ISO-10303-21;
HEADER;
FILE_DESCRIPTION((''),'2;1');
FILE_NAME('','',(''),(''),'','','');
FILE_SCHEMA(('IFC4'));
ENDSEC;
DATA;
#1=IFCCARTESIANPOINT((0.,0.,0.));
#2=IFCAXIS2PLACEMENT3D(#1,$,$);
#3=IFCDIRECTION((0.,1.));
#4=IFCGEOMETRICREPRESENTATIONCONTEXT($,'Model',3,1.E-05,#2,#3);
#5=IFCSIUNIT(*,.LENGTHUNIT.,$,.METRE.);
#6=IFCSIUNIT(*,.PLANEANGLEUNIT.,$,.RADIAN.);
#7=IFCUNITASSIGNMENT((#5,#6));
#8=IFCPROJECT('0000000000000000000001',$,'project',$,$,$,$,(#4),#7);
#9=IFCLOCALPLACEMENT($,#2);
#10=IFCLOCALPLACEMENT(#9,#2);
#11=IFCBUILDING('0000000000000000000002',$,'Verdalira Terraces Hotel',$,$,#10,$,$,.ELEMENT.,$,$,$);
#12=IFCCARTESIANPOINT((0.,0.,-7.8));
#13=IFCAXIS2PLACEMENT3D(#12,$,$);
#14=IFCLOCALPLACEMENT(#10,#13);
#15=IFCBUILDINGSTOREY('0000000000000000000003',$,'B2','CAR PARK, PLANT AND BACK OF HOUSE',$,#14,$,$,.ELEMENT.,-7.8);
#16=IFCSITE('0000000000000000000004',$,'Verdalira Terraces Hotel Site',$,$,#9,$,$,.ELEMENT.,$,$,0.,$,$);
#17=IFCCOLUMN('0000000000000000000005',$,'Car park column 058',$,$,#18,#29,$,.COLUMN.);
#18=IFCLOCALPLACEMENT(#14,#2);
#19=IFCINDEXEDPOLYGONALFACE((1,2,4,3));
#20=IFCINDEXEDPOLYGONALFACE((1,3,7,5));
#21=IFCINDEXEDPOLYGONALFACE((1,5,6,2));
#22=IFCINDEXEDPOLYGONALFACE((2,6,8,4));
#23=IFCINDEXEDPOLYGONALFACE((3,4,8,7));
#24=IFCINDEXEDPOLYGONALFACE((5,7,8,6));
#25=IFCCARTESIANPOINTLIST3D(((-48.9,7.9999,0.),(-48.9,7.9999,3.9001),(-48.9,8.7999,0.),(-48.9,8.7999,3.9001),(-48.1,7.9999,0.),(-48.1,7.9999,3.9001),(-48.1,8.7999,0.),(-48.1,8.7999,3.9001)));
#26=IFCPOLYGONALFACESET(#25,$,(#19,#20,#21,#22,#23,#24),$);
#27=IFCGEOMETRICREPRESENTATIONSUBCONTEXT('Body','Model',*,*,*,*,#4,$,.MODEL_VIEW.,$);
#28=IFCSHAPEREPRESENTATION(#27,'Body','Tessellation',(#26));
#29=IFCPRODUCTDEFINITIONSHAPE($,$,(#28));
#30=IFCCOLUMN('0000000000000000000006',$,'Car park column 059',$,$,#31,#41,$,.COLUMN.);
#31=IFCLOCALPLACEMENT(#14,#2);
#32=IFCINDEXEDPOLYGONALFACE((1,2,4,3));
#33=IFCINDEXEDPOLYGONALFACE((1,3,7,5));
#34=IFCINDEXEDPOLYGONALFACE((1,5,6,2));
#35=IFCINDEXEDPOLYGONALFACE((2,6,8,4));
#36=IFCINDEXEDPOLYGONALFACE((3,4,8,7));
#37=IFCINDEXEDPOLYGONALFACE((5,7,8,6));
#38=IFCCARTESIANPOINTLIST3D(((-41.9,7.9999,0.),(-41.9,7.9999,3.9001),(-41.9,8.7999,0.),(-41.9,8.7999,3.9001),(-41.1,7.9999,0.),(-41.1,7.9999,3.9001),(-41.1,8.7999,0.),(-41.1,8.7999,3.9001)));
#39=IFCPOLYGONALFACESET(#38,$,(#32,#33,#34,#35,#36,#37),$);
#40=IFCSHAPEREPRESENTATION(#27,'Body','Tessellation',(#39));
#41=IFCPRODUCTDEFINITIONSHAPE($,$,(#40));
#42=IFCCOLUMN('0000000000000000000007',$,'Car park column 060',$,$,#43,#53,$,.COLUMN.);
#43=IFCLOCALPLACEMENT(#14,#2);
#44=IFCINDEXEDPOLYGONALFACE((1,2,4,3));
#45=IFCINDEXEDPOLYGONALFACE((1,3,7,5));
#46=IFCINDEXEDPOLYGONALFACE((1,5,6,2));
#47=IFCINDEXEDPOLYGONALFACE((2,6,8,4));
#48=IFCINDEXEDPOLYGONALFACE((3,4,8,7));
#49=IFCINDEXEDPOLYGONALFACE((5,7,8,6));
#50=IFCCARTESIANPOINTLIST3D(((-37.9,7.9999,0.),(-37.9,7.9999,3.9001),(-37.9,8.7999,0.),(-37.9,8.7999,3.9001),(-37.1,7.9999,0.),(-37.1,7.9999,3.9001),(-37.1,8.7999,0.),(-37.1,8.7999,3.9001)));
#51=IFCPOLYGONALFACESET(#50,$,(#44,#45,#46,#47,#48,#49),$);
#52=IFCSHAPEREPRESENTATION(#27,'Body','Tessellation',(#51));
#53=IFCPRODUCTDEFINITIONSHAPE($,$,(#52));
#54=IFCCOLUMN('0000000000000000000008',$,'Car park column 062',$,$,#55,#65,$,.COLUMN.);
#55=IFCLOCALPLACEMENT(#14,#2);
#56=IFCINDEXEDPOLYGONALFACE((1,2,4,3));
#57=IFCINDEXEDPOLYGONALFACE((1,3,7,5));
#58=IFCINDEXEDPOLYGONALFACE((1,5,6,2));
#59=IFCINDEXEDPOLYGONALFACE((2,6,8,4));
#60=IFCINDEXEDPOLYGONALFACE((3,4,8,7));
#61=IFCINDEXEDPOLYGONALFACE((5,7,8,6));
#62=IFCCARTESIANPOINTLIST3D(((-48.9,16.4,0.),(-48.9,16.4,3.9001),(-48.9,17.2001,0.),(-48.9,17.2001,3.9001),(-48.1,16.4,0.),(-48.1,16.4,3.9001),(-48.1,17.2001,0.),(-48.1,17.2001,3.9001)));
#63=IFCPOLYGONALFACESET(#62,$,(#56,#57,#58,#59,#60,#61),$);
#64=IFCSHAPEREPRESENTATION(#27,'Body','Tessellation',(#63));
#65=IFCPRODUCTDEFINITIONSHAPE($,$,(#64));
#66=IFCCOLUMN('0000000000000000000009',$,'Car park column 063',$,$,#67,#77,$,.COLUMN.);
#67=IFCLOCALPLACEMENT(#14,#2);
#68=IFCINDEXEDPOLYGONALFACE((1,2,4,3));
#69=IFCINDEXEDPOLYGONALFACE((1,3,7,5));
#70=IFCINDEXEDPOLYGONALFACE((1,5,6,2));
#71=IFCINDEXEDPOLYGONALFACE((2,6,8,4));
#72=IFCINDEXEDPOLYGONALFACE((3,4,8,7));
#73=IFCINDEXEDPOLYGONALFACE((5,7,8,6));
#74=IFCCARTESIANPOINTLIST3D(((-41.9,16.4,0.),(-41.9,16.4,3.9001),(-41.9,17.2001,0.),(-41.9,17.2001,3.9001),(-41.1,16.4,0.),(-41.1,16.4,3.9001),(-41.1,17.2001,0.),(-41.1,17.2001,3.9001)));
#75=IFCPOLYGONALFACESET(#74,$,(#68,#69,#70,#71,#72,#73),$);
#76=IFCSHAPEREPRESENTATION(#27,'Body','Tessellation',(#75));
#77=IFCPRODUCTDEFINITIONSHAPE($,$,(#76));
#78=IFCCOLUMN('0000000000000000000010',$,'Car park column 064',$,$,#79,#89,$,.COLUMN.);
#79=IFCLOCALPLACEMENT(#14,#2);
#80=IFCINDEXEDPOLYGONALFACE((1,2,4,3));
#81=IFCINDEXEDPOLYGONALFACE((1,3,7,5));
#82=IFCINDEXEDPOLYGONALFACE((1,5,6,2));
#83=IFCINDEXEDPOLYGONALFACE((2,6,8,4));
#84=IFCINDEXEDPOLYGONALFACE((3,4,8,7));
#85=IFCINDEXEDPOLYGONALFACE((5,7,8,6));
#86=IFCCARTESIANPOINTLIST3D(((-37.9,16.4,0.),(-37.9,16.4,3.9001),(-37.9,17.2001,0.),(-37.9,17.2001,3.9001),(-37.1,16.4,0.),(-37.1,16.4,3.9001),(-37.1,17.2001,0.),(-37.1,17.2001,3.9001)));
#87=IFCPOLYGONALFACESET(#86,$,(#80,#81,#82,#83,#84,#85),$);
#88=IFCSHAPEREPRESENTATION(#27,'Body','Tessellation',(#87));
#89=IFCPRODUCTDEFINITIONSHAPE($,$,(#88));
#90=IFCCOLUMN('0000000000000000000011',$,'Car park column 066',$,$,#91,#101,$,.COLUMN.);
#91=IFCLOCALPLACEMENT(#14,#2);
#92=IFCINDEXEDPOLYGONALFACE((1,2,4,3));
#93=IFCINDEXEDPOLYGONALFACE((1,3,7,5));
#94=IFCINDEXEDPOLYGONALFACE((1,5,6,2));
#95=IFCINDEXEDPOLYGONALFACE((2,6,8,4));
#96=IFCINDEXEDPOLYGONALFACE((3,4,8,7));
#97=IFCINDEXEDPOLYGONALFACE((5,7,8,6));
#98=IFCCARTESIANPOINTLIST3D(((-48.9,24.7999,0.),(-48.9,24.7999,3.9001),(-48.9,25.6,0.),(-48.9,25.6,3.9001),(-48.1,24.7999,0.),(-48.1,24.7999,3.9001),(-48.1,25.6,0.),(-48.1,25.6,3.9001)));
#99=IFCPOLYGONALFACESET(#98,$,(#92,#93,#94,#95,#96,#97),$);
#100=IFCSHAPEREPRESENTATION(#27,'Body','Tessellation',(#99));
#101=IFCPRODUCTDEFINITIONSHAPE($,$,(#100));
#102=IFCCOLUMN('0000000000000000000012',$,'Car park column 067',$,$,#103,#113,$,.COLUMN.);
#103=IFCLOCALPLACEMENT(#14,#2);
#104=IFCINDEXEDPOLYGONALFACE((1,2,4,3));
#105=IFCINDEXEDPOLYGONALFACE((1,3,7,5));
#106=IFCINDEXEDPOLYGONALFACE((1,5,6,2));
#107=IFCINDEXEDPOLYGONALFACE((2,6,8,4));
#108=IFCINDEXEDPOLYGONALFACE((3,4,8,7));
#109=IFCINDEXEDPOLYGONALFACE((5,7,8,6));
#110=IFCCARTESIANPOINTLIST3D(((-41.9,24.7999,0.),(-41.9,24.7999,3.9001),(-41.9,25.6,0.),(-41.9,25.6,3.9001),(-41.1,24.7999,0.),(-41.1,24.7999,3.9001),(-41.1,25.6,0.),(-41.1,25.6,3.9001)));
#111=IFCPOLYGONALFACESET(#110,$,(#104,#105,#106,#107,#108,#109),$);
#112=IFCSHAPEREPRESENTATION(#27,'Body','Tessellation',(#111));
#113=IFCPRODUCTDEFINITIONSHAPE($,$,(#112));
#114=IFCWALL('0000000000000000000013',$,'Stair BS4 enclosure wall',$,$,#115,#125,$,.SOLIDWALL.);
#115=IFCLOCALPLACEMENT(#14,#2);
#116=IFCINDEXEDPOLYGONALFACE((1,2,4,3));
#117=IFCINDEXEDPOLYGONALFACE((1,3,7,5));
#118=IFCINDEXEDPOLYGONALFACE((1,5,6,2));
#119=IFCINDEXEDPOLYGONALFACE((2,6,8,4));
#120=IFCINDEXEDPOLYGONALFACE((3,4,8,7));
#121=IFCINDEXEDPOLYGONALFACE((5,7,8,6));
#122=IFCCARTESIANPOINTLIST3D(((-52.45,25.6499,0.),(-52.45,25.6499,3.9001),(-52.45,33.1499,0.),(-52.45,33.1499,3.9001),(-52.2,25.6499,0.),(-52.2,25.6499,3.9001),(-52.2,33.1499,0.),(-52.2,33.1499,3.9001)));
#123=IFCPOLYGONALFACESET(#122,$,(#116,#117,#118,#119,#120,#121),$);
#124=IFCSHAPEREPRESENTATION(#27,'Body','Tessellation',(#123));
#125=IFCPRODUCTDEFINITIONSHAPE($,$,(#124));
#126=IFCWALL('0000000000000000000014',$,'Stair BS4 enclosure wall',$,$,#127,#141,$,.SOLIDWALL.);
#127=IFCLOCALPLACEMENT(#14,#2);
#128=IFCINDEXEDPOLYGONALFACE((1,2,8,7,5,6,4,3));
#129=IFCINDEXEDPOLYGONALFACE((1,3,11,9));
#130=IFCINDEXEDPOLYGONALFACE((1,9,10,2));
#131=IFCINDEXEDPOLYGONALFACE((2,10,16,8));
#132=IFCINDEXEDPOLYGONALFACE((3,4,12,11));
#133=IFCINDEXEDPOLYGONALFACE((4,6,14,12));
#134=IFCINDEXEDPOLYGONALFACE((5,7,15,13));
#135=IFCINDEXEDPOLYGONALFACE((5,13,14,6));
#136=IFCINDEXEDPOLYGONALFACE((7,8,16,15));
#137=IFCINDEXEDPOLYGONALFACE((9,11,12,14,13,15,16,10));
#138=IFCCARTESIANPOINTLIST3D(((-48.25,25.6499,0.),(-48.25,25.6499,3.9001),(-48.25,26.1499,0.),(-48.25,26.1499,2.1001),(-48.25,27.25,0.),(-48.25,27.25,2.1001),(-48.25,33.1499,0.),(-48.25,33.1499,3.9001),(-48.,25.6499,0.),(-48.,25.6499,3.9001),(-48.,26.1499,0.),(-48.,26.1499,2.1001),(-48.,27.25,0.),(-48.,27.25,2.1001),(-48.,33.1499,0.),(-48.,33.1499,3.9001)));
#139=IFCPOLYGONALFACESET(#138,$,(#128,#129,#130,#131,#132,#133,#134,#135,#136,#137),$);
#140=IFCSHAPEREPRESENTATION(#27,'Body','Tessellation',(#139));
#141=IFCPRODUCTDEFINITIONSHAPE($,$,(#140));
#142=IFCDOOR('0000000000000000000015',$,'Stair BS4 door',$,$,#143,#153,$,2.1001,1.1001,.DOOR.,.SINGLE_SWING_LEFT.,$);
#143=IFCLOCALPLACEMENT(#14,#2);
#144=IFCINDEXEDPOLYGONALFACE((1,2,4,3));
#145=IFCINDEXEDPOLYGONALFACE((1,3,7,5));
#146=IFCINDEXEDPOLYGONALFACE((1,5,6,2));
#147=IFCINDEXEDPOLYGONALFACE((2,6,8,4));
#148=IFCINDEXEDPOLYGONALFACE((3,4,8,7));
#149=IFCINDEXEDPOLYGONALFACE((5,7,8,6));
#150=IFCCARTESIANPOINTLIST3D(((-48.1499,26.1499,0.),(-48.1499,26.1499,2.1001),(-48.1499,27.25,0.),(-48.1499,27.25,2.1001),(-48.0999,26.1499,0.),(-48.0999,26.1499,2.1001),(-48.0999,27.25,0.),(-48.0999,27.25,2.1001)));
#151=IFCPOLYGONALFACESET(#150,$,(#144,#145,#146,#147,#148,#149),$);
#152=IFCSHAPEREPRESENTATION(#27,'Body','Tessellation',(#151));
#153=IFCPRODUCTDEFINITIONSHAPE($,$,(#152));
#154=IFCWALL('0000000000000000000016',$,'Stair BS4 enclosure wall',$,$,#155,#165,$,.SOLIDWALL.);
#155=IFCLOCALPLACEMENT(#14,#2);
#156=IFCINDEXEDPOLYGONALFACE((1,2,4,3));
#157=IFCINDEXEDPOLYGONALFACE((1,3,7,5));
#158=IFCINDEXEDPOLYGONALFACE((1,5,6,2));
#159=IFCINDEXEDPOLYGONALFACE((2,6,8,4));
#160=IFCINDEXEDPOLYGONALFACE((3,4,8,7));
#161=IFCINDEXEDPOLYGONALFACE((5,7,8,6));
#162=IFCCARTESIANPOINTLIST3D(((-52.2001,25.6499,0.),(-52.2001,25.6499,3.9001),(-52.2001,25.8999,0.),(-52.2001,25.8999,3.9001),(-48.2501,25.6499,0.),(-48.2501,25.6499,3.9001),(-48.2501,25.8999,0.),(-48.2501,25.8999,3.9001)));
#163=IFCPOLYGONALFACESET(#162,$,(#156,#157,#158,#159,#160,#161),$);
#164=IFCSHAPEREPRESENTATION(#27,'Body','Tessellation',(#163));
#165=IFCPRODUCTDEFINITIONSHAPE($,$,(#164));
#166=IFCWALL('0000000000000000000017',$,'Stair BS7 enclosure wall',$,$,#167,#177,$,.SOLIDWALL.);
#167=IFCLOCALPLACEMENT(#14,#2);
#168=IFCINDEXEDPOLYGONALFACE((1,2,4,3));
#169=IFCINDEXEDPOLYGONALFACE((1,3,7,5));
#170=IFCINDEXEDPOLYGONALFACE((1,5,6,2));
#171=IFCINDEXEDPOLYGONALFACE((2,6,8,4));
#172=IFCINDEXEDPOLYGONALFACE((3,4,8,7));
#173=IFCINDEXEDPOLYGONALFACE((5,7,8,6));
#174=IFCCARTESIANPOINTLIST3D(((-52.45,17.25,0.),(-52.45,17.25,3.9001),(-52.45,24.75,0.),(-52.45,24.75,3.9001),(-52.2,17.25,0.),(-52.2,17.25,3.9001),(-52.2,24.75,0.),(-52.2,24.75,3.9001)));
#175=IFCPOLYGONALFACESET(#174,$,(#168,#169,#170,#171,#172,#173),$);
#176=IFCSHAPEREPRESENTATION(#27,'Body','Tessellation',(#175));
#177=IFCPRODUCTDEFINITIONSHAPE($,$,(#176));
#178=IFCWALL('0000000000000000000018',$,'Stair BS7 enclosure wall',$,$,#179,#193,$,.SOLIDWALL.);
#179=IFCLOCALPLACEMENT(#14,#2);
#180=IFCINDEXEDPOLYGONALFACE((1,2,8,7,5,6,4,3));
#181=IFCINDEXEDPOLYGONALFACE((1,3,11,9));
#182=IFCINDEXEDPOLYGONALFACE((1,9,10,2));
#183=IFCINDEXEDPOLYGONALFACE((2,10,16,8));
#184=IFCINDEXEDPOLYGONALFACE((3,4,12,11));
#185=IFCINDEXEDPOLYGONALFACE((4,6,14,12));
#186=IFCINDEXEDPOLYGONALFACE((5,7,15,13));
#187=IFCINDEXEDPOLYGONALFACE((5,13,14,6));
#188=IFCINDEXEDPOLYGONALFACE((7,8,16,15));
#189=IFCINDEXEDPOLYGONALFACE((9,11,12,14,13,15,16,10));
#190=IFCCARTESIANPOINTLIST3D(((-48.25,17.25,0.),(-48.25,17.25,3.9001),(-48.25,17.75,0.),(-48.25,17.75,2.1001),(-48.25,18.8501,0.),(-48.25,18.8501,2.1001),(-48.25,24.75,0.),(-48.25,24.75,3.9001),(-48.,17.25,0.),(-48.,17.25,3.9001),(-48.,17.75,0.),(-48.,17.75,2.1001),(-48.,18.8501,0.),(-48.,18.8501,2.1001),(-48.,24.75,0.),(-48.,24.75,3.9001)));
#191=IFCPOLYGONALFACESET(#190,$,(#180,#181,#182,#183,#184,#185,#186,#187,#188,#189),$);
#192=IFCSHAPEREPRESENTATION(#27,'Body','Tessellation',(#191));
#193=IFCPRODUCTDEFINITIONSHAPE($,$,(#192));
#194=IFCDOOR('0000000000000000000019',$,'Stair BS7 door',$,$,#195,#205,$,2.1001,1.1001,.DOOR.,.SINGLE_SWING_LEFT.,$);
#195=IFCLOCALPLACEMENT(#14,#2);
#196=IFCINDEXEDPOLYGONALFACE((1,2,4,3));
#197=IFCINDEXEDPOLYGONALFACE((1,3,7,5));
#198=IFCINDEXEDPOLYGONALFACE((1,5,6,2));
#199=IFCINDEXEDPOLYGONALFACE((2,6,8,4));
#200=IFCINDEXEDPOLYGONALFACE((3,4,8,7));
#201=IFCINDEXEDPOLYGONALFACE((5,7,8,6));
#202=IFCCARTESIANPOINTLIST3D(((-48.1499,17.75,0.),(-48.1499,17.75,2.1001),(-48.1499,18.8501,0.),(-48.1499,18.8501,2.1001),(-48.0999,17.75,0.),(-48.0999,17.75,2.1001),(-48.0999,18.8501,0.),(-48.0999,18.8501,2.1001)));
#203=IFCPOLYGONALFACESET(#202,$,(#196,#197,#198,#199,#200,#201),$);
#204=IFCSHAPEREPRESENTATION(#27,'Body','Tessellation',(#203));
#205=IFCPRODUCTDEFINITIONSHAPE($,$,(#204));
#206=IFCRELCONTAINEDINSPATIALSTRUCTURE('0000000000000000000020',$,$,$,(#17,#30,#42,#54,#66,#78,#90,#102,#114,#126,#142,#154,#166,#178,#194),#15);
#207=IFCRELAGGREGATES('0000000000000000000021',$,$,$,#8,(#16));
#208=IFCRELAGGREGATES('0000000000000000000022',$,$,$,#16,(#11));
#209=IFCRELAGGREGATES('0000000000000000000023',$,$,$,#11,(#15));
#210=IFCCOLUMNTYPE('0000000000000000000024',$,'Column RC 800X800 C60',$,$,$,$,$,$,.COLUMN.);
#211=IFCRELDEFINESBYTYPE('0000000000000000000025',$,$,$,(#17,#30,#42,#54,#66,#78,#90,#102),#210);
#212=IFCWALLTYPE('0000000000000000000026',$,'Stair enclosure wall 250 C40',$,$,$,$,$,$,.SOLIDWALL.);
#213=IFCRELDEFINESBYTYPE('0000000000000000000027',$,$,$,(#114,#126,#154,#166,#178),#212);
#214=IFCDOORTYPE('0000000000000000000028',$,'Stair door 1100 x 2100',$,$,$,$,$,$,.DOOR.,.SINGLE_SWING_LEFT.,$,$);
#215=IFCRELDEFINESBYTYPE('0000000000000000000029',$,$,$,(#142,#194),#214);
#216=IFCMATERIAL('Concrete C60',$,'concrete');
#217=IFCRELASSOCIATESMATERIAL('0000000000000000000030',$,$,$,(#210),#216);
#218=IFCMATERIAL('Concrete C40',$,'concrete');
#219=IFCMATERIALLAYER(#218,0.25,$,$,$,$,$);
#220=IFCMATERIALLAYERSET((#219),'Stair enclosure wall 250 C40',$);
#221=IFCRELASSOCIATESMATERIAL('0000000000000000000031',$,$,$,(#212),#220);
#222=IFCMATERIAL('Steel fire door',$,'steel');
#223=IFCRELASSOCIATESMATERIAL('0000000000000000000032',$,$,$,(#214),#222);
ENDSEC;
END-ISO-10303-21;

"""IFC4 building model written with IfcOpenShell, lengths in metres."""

from ifc_helpers import new_model, si_unit, direction, frame, frame_2d, origin, origin_2d, place, context, subcontext, project, spatial, rectangle, extrude, material, layer, layer_set, material_profile, profile_set, type_object, element, fill, save


model = new_model("IFC4")

# Units and contexts
model_context = context("Model", 3, precision=1e-05, world=origin(), true_north=direction((0.0, 1.0)))
body_context = subcontext(model_context, "Body", "Model", "MODEL_VIEW")
ifc_project = project(units=[si_unit("LENGTHUNIT", "METRE"), si_unit("PLANEANGLEUNIT", "RADIAN")], contexts=[model_context])

# Site, building, storey
site_placement = place(None, origin())
site = spatial("IfcSite", under=ifc_project, at=site_placement, Name="Verdalira Terraces Hotel Site", CompositionType="ELEMENT", RefElevation=0.0)
building_placement = place(site_placement, origin())
building = spatial("IfcBuilding", under=site, at=building_placement, Name="Verdalira Terraces Hotel", CompositionType="ELEMENT")
storey_placement = place(building_placement, frame((0.0, 0.0, -7.8)))
storey = spatial("IfcBuildingStorey", under=building, at=storey_placement, Name="B2", Description="CAR PARK, PLANT AND BACK OF HOUSE", CompositionType="ELEMENT", Elevation=-7.8)

# Columns
ifc_material_1 = material(Name="Concrete C60", Category="concrete")
ifc_material_profile = material_profile(ifc_material_1, rectangle(XDim=0.8, YDim=0.8, at=origin_2d()), Name="RC 800X800")
ifc_profile_set = profile_set([ifc_material_profile], Name="Concrete C60")
column_type = type_object("IfcColumnType", Name="Column RC 800X800 C60", PredefinedType="COLUMN", material=ifc_profile_set)
for number, where, z_axis, x_axis, name in (
    (1, (-48.5, 8.3999, 0.0), (0.0, 0.0, 1.0), (1.0, 0.0, 0.0), "Car park column 058"),
    (2, (-41.5, 8.3999, 0.0), (0.0, 0.0, 1.0), (1.0, 0.0, 0.0), "Car park column 059"),
    (3, (-37.5, 8.3999, 0.0), (0.0, 0.0, 1.0), (1.0, 0.0, 0.0), "Car park column 060"),
    (4, (-48.5, 16.8, 0.0), (0.0, 0.0, 1.0), (1.0, 0.0, 0.0), "Car park column 062"),
    (5, (-41.5, 16.8, 0.0), (0.0, 0.0, 1.0), (1.0, 0.0, 0.0), "Car park column 063"),
    (6, (-37.5, 16.8, 0.0), (0.0, 0.0, 1.0), (1.0, 0.0, 0.0), "Car park column 064"),
    (7, (-48.5, 25.2, 0.0), (0.0, 0.0, 1.0), (1.0, 0.0, 0.0), "Car park column 066"),
    (8, (-41.5, 25.2, 0.0), (0.0, 0.0, 1.0), (1.0, 0.0, 0.0), "Car park column 067"),
):
    element("IfcColumn", number, at=place(storey_placement, frame(where, z_axis=z_axis, x_axis=x_axis)), inside=storey, type_object=column_type, Name=name, PredefinedType="COLUMN", context=body_context, shape_type="SweptSolid", body=[
        extrude(rectangle(XDim=0.8, YDim=0.8, at=origin_2d()), origin(), (0.0, 0.0, 1.0), 3.9001),
    ])

# Wall
ifc_material_2 = material(Name="Concrete C40", Category="concrete")
ifc_layer = layer(ifc_material_2, 0.25)
ifc_layer_set = layer_set([ifc_layer], Name="Stair enclosure wall 250 C40")
wall_type = type_object("IfcWallType", Name="Stair enclosure wall 250 C40", PredefinedType="SOLIDWALL", material=ifc_layer_set)
wall_1_placement = place(storey_placement, frame((-52.325, 25.6499, 0.0), z_axis=(0.0, 0.0, 1.0), x_axis=(0.0, 1.0, 0.0)))
element("IfcWall", 9, at=wall_1_placement, inside=storey, type_object=wall_type, Name="Stair BS4 enclosure wall", PredefinedType="SOLIDWALL", context=body_context, shape_type="SweptSolid", body=[
    extrude(rectangle(XDim=7.5, YDim=0.25, at=frame_2d((3.75, 0.0))), origin(), (0.0, 0.0, 1.0), 3.9001),
])

# Wall, opening, door
wall_2_placement = place(storey_placement, frame((-48.125, 25.6499, 0.0), z_axis=(0.0, 0.0, 1.0), x_axis=(0.0, 1.0, 0.0)))
wall_2 = element("IfcWall", 10, at=wall_2_placement, inside=storey, type_object=wall_type, Name="Stair BS4 enclosure wall", PredefinedType="SOLIDWALL", context=body_context, shape_type="SweptSolid", body=[
    extrude(rectangle(XDim=7.5, YDim=0.25, at=frame_2d((3.75, 0.0))), origin(), (0.0, 0.0, 1.0), 3.9001),
])
opening_1_placement = place(wall_2_placement, frame((0.5, 0.0, 0.0)))
opening_1 = element("IfcOpeningElement", 11, at=opening_1_placement, cuts=wall_2, PredefinedType="OPENING", context=body_context, shape_type="SweptSolid", body=[
    extrude(rectangle(XDim=1.1001, YDim=2.1001, at=frame_2d((0.55, 1.05))), frame((0.0, 0.135, 0.0), z_axis=(0.0, -1.0, 0.0), x_axis=(1.0, 0.0, 0.0)), (0.0, 0.0, 1.0), 0.27),
])
ifc_material_3 = material(Name="Steel fire door", Category="steel")
door_type = type_object("IfcDoorType", Name="Stair door 1100 x 2100", OperationType="SINGLE_SWING_LEFT", PredefinedType="DOOR", material=ifc_material_3)
door_1_placement = place(opening_1_placement, origin())
door_1 = element("IfcDoor", 12, at=door_1_placement, inside=storey, type_object=door_type, Name="Stair BS4 door", OperationType="SINGLE_SWING_LEFT", OverallHeight=2.1001, OverallWidth=1.1001, PredefinedType="DOOR", context=body_context, shape_type="SweptSolid", body=[
    extrude(rectangle(XDim=1.1001, YDim=2.1001, at=frame_2d((0.55, 1.05))), frame((0.0, 0.0249, 0.0), z_axis=(0.0, -1.0, 0.0), x_axis=(1.0, 0.0, 0.0)), (0.0, 0.0, 1.0), 0.05),
])
fill(opening_1, door_1)

# Walls
wall_3_placement = place(storey_placement, frame((-48.25, 25.7749, 0.0), z_axis=(0.0, 0.0, 1.0), x_axis=(-1.0, 0.0, 0.0)))
element("IfcWall", 13, at=wall_3_placement, inside=storey, type_object=wall_type, Name="Stair BS4 enclosure wall", PredefinedType="SOLIDWALL", context=body_context, shape_type="SweptSolid", body=[
    extrude(rectangle(XDim=3.95, YDim=0.25, at=frame_2d((1.9751, 0.0))), origin(), (0.0, 0.0, 1.0), 3.9001),
])
wall_4_placement = place(storey_placement, frame((-52.325, 17.25, 0.0), z_axis=(0.0, 0.0, 1.0), x_axis=(0.0, 1.0, 0.0)))
element("IfcWall", 14, at=wall_4_placement, inside=storey, type_object=wall_type, Name="Stair BS7 enclosure wall", PredefinedType="SOLIDWALL", context=body_context, shape_type="SweptSolid", body=[
    extrude(rectangle(XDim=7.5, YDim=0.25, at=frame_2d((3.75, 0.0))), origin(), (0.0, 0.0, 1.0), 3.9001),
])

# Wall, opening, door
wall_5_placement = place(storey_placement, frame((-48.125, 17.25, 0.0), z_axis=(0.0, 0.0, 1.0), x_axis=(0.0, 1.0, 0.0)))
wall_5 = element("IfcWall", 15, at=wall_5_placement, inside=storey, type_object=wall_type, Name="Stair BS7 enclosure wall", PredefinedType="SOLIDWALL", context=body_context, shape_type="SweptSolid", body=[
    extrude(rectangle(XDim=7.5, YDim=0.25, at=frame_2d((3.75, 0.0))), origin(), (0.0, 0.0, 1.0), 3.9001),
])
opening_2_placement = place(wall_5_placement, frame((0.5, 0.0, 0.0)))
opening_2 = element("IfcOpeningElement", 16, at=opening_2_placement, cuts=wall_5, PredefinedType="OPENING", context=body_context, shape_type="SweptSolid", body=[
    extrude(rectangle(XDim=1.1001, YDim=2.1001, at=frame_2d((0.55, 1.05))), frame((0.0, 0.135, 0.0), z_axis=(0.0, -1.0, 0.0), x_axis=(1.0, 0.0, 0.0)), (0.0, 0.0, 1.0), 0.27),
])
door_2_placement = place(opening_2_placement, origin())
door_2 = element("IfcDoor", 17, at=door_2_placement, inside=storey, type_object=door_type, Name="Stair BS7 door", OperationType="SINGLE_SWING_LEFT", OverallHeight=2.1001, OverallWidth=1.1001, PredefinedType="DOOR", context=body_context, shape_type="SweptSolid", body=[
    extrude(rectangle(XDim=1.1001, YDim=2.1001, at=frame_2d((0.55, 1.05))), frame((0.0, 0.0249, 0.0), z_axis=(0.0, -1.0, 0.0), x_axis=(1.0, 0.0, 0.0)), (0.0, 0.0, 1.0), 0.05),
])
fill(opening_2, door_2)

save(model, "model.ifc")
